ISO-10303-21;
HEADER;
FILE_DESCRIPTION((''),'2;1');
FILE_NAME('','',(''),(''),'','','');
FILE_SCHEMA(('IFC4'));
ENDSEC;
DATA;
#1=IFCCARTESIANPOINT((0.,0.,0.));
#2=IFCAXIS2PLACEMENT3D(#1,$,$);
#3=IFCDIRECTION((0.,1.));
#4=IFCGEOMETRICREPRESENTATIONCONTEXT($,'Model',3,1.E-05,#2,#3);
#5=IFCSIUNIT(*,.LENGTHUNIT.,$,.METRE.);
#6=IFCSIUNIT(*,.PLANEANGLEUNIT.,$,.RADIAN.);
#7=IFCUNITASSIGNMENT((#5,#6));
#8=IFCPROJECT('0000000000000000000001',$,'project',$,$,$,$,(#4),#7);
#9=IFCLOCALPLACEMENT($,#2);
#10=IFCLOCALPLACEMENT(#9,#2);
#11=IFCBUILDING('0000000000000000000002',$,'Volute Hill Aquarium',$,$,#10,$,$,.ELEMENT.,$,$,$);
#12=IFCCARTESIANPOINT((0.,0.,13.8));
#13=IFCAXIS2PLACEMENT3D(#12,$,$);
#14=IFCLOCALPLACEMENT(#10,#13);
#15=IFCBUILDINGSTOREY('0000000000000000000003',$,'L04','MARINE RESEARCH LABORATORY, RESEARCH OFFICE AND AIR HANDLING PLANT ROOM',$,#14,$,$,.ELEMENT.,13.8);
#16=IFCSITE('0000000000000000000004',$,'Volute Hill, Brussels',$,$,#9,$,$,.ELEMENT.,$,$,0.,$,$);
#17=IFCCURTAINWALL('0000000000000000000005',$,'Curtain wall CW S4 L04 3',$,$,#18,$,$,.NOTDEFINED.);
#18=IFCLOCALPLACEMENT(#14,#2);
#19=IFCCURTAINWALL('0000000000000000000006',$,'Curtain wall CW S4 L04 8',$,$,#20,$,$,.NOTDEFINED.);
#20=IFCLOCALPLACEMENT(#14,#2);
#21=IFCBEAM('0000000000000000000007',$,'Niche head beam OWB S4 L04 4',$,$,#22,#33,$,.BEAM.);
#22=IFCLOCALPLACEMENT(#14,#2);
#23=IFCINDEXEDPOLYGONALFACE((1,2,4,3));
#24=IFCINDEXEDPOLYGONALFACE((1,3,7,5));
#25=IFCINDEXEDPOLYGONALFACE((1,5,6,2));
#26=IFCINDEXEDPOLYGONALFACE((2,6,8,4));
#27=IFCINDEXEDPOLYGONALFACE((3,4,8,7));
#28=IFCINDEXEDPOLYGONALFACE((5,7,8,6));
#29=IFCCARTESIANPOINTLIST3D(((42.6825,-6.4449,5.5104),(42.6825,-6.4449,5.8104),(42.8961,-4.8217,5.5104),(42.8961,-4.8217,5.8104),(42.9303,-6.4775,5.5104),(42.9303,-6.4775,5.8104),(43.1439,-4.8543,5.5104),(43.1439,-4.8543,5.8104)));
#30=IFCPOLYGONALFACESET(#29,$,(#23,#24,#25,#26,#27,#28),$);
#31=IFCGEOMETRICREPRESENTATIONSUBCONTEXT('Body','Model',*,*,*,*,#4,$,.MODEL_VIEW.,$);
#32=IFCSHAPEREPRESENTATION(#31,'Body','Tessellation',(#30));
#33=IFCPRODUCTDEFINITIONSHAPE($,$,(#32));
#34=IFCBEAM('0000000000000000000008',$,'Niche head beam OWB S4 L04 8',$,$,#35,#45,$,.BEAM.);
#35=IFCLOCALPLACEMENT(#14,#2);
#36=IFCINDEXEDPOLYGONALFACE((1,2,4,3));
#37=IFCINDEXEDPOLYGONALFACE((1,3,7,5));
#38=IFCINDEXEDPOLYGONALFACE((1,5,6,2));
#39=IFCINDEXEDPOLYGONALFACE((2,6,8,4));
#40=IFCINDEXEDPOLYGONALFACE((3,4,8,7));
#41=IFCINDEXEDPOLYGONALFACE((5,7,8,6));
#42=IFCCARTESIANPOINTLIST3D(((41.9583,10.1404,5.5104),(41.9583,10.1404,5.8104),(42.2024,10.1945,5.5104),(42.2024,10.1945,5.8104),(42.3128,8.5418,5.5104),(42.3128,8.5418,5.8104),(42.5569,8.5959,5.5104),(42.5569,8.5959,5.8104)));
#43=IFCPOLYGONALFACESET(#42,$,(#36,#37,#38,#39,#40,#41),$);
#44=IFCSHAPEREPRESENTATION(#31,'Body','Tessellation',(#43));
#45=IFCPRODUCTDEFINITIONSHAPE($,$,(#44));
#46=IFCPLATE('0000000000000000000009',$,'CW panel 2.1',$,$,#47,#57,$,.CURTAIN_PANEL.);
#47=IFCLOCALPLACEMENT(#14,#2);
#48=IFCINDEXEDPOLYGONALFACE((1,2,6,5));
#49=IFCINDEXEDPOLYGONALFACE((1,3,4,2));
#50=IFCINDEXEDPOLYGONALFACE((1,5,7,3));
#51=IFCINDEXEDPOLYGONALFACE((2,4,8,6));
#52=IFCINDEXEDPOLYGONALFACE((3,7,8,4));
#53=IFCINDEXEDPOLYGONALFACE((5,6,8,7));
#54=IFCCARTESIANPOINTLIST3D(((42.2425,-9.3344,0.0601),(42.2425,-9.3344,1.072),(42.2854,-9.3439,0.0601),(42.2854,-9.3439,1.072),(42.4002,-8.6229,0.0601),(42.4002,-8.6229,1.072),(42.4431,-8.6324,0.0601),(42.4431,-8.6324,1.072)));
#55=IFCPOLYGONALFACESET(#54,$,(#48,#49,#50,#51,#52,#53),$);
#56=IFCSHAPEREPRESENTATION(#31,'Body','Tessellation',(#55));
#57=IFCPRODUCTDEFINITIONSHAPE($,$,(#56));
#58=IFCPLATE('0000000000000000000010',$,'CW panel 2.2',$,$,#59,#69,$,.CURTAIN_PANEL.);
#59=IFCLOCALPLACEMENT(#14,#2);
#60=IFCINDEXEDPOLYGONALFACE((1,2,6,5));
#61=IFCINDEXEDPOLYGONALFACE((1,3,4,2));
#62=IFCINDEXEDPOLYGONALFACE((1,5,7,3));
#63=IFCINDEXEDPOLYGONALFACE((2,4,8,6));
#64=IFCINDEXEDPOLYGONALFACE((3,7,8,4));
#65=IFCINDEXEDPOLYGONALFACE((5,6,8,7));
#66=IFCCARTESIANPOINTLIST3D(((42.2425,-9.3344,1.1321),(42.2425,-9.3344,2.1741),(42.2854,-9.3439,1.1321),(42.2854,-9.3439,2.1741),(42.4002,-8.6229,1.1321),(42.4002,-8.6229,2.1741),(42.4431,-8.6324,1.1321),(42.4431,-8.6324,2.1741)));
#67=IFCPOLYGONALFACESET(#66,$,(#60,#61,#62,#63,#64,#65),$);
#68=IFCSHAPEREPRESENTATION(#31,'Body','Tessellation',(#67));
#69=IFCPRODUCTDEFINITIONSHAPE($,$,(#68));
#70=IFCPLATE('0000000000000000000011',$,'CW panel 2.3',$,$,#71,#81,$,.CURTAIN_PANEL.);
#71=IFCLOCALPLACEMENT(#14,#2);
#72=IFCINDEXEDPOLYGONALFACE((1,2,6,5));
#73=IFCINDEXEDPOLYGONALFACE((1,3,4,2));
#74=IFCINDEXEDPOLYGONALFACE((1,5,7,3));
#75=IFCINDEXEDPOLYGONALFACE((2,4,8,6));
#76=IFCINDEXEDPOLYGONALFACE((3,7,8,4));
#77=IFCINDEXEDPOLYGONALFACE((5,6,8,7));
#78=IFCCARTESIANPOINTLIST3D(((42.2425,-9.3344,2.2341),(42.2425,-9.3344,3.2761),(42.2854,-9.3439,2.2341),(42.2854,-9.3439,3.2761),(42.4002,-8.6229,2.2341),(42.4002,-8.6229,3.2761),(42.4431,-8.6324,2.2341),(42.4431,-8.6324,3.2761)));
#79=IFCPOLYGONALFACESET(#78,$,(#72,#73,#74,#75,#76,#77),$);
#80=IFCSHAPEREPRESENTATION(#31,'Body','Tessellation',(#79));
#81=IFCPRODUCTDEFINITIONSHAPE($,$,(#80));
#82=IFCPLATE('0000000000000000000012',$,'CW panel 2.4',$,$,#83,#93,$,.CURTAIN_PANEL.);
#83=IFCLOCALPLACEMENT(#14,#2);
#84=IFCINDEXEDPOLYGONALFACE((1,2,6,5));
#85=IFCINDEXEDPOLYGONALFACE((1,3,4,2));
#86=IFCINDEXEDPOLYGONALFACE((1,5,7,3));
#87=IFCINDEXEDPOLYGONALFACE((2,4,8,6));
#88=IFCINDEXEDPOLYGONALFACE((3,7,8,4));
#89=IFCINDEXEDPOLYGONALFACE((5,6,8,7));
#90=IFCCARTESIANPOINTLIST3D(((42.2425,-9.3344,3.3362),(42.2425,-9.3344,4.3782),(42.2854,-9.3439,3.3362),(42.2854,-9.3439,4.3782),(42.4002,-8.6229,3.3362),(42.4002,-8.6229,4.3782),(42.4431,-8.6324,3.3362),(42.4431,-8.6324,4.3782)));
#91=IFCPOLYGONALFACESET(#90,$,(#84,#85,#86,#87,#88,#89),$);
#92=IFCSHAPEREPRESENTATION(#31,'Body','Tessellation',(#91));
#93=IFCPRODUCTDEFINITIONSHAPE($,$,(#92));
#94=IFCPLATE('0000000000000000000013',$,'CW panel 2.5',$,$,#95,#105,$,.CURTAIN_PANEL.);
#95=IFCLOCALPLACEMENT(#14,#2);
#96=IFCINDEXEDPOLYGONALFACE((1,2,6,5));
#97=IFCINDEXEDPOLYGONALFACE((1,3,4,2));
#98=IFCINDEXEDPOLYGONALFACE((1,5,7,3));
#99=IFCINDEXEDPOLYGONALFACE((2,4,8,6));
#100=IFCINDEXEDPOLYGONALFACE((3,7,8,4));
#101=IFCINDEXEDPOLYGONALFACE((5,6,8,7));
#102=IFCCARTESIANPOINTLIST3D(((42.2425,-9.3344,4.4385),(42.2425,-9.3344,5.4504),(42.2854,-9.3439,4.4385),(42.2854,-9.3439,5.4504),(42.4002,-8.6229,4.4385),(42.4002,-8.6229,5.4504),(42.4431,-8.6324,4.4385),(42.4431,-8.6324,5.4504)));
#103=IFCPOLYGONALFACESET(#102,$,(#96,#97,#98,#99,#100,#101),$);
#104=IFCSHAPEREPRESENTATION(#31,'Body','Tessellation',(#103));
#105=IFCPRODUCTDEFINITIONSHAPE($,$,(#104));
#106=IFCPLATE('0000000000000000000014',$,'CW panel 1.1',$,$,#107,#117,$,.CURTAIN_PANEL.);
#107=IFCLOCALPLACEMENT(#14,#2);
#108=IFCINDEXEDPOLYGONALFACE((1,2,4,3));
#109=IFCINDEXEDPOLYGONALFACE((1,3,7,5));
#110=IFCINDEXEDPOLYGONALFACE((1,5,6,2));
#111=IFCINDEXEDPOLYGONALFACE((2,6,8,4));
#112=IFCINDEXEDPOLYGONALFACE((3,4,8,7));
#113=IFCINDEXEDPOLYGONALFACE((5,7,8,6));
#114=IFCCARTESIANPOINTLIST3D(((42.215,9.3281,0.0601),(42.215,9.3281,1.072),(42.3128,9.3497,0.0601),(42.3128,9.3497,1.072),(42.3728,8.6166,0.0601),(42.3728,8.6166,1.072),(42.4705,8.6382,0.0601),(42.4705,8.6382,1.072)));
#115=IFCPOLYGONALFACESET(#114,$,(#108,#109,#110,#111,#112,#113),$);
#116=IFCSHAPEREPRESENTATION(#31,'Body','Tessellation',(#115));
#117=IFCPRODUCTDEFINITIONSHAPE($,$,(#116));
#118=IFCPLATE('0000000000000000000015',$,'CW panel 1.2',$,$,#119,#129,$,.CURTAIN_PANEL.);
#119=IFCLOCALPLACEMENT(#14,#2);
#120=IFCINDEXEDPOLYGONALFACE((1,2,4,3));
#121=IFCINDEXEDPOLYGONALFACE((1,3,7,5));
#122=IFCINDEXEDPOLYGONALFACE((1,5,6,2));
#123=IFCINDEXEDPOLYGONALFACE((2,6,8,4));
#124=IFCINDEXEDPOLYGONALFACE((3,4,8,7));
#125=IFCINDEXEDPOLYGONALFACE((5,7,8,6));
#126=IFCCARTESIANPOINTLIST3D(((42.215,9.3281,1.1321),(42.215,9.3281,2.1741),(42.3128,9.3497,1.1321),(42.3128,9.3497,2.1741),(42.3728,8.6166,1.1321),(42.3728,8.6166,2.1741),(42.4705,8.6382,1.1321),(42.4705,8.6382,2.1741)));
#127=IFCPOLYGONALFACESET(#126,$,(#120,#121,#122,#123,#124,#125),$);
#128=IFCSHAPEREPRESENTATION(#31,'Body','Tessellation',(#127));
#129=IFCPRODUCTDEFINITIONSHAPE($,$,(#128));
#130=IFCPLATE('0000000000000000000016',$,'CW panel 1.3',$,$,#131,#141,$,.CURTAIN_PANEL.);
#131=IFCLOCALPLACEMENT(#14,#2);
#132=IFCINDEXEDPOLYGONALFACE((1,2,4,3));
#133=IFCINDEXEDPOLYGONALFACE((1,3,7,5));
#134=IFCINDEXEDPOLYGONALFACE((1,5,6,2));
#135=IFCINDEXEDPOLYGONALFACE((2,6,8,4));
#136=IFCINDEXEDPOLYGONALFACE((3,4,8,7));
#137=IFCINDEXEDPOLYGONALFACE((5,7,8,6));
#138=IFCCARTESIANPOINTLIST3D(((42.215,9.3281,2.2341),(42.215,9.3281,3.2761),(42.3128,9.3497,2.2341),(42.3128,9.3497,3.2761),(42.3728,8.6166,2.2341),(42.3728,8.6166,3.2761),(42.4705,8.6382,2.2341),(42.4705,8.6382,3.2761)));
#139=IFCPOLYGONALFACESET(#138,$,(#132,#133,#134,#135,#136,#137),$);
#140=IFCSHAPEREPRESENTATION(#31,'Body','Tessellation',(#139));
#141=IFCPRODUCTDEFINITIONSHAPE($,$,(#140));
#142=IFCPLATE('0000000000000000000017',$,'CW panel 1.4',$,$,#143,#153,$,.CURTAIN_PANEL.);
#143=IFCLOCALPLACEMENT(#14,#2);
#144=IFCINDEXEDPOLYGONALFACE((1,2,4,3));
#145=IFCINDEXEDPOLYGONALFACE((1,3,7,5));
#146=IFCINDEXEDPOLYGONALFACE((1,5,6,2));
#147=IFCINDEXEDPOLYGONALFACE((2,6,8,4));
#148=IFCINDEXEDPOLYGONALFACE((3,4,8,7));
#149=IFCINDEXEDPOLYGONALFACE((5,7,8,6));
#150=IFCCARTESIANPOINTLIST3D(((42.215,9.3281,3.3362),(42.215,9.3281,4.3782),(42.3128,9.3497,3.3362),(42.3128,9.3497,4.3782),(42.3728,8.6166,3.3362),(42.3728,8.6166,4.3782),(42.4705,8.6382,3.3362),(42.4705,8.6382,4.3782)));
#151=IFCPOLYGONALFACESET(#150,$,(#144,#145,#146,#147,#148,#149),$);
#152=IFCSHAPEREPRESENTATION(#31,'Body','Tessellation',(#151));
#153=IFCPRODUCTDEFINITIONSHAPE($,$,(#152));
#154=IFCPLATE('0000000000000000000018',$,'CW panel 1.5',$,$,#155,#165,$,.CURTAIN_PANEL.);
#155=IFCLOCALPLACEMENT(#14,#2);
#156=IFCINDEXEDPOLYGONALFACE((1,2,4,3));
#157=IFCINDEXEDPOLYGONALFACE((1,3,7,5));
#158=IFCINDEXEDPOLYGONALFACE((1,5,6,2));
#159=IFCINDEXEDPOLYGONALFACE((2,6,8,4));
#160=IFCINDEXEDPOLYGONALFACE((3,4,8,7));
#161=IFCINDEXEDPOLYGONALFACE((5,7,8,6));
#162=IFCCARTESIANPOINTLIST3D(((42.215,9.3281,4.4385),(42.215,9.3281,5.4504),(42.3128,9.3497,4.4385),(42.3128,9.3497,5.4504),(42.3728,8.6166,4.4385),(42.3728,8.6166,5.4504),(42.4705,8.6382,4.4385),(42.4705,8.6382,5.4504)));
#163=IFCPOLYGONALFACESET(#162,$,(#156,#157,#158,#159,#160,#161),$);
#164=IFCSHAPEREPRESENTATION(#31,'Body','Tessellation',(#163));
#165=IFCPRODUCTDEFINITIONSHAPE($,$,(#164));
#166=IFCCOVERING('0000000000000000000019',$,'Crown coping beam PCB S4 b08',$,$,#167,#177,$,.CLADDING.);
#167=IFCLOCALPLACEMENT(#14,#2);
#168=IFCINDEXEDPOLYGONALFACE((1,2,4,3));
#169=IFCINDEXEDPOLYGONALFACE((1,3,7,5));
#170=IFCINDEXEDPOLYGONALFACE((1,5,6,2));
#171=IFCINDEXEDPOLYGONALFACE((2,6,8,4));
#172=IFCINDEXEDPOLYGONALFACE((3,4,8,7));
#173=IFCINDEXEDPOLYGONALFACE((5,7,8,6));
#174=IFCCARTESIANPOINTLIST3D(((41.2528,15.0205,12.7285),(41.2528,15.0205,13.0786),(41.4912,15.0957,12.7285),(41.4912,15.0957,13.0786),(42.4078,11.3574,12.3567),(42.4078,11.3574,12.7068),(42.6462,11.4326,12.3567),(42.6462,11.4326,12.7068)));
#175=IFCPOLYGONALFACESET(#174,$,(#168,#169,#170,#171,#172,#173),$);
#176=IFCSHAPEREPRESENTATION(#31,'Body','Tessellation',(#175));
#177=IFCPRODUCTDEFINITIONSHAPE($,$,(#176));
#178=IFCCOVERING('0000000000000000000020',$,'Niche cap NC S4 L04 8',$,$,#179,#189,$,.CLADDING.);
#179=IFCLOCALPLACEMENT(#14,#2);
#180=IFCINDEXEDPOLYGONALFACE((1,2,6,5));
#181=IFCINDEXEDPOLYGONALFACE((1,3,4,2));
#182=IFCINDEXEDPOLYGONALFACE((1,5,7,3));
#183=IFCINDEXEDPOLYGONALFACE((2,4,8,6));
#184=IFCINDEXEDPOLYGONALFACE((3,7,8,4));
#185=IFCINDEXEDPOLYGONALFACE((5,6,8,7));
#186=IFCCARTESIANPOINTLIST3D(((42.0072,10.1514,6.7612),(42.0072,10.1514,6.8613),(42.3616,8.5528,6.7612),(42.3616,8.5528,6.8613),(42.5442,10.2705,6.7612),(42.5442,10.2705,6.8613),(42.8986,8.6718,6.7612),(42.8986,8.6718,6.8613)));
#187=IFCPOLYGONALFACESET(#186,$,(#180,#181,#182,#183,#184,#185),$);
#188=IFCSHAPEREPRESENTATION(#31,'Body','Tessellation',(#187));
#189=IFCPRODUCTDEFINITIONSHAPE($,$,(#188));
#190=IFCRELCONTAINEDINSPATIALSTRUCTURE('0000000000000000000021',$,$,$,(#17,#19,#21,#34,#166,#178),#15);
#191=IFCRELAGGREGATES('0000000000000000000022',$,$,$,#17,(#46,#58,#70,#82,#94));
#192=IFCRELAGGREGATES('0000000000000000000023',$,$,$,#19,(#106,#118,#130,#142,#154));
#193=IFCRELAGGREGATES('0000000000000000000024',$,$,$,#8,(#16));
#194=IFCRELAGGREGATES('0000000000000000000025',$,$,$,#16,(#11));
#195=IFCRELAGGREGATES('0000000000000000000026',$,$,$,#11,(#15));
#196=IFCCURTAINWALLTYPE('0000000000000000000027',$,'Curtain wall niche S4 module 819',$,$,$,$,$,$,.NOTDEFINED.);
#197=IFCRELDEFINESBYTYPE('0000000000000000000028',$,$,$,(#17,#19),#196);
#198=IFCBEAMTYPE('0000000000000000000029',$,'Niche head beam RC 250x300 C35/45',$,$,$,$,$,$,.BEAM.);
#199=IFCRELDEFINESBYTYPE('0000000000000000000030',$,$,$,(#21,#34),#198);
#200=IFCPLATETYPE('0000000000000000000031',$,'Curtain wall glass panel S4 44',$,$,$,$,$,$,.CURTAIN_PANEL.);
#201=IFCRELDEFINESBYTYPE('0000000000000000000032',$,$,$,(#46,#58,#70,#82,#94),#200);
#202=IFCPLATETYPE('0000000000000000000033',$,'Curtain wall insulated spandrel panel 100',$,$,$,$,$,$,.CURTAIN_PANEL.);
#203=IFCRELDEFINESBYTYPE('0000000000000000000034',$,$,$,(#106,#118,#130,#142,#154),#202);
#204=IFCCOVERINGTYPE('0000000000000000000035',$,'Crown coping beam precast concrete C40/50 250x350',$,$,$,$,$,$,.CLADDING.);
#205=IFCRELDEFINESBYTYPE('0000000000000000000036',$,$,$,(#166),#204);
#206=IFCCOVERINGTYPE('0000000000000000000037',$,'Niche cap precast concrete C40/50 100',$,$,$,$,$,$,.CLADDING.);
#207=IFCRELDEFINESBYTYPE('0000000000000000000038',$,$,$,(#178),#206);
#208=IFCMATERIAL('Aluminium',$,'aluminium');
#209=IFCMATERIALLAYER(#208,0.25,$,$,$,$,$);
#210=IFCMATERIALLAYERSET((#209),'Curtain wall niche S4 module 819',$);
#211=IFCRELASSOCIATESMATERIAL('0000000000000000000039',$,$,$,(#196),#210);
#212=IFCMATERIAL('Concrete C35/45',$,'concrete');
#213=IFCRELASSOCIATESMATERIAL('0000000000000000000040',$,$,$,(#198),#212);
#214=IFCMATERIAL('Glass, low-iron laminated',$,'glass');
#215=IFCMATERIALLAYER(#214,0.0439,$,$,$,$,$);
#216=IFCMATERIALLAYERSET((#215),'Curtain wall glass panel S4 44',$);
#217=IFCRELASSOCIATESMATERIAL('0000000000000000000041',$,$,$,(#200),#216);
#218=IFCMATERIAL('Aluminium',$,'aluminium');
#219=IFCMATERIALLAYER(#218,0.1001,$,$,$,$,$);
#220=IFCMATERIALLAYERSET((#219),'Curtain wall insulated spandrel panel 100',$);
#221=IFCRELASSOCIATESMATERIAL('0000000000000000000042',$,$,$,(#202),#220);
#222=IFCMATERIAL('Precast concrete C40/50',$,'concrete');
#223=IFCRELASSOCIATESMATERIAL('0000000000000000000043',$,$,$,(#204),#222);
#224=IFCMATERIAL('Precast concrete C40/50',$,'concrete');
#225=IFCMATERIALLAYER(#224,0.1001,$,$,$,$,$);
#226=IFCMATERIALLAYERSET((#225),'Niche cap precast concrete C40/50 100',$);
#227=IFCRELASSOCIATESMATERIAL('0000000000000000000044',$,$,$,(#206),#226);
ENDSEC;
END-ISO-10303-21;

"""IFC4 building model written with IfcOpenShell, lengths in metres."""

from ifc_helpers import new_model, si_unit, direction, frame, origin, origin_2d, place, context, subcontext, project, spatial, polyline, rectangle, outline, extrude, material, layer, layer_set, material_profile, profile_set, type_object, element, aggregate, save


model = new_model("IFC4")

# Units and contexts
model_context = context("Model", 3, precision=1e-05, world=origin(), true_north=direction((0.0, 1.0)))
body_context = subcontext(model_context, "Body", "Model", "MODEL_VIEW")
ifc_project = project(units=[si_unit("LENGTHUNIT", "METRE"), si_unit("PLANEANGLEUNIT", "RADIAN")], contexts=[model_context])

# Site, building, storey
site_placement = place(None, origin())
site = spatial("IfcSite", under=ifc_project, at=site_placement, Name="Volute Hill, Brussels", CompositionType="ELEMENT", RefElevation=0.0)
building_placement = place(site_placement, origin())
building = spatial("IfcBuilding", under=site, at=building_placement, Name="Volute Hill Aquarium", CompositionType="ELEMENT")
storey_placement = place(building_placement, frame((0.0, 0.0, 13.8)))
storey = spatial("IfcBuildingStorey", under=building, at=storey_placement, Name="L04", Description="MARINE RESEARCH LABORATORY, RESEARCH OFFICE AND AIR HANDLING PLANT ROOM", CompositionType="ELEMENT", Elevation=13.8)

# Curtain wall
ifc_material_1 = material(Name="Aluminium", Category="aluminium")
ifc_layer_1 = layer(ifc_material_1, 0.25)
ifc_layer_set_1 = layer_set([ifc_layer_1], Name="Curtain wall niche S4 module 819")
curtain_wall_type = type_object("IfcCurtainWallType", Name="Curtain wall niche S4 module 819", PredefinedType="NOTDEFINED", material=ifc_layer_set_1)
curtain_wall_1_placement = place(storey_placement, origin())
curtain_wall_1 = element("IfcCurtainWall", 1, at=curtain_wall_1_placement, inside=storey, type_object=curtain_wall_type, Name="Curtain wall CW S4 L04 3", PredefinedType="NOTDEFINED")

# Curtain wall
curtain_wall_2_placement = place(storey_placement, origin())
curtain_wall_2 = element("IfcCurtainWall", 2, at=curtain_wall_2_placement, inside=storey, type_object=curtain_wall_type, Name="Curtain wall CW S4 L04 8", PredefinedType="NOTDEFINED")

# Beams
ifc_material_2 = material(Name="Concrete C35/45", Category="concrete")
ifc_material_profile_1 = material_profile(ifc_material_2, rectangle(XDim=0.25, YDim=0.3, at=origin_2d()), Name="RC beam 250x300")
ifc_profile_set_1 = profile_set([ifc_material_profile_1], Name="Concrete C35/45")
beam_type = type_object("IfcBeamType", Name="Niche head beam RC 250x300 C35/45", PredefinedType="BEAM", material=ifc_profile_set_1)
beam_1_placement = place(storey_placement, frame((42.8064, -6.4612, 5.6604), z_axis=(0.130474, 0.991452, 0.0), x_axis=(-0.991452, 0.130474, 0.0)))
element("IfcBeam", 3, at=beam_1_placement, inside=storey, type_object=beam_type, Name="Niche head beam OWB S4 L04 4", PredefinedType="BEAM", context=body_context, shape_type="SweptSolid", body=[
    extrude(rectangle(XDim=0.25, YDim=0.3, at=origin_2d()), origin(), (0.0, 0.0, 1.0), 1.6372),
])
beam_2_placement = place(storey_placement, frame((42.4348, 8.5688, 5.6604), z_axis=(-0.216488, 0.976285, 0.0), x_axis=(-0.976285, -0.216488, 0.0)))
element("IfcBeam", 4, at=beam_2_placement, inside=storey, type_object=beam_type, Name="Niche head beam OWB S4 L04 8", PredefinedType="BEAM", context=body_context, shape_type="SweptSolid", body=[
    extrude(rectangle(XDim=0.25, YDim=0.3, at=origin_2d()), origin(), (0.0, 0.0, 1.0), 1.6375),
])

# Plates
ifc_material_3 = material(Name="Glass, low-iron laminated", Category="glass")
ifc_layer_2 = layer(ifc_material_3, 0.0439)
ifc_layer_set_2 = layer_set([ifc_layer_2], Name="Curtain wall glass panel S4 44")
plate_type_1 = type_object("IfcPlateType", Name="Curtain wall glass panel S4 44", PredefinedType="CURTAIN_PANEL", material=ifc_layer_set_2)
plate_1_placement = place(storey_placement, frame((42.3428, -8.9834, 0.0601), z_axis=(0.0, 0.0, 1.0), x_axis=(0.216432, 0.976298, 0.0)))
plate_1 = element("IfcPlate", 5, at=plate_1_placement, type_object=plate_type_1, Name="CW panel 2.1", PredefinedType="CURTAIN_PANEL", context=body_context, shape_type="SweptSolid", body=[
    extrude(rectangle(XDim=0.7288, YDim=0.0439, at=origin_2d()), origin(), (0.0, 0.0, 1.0), 1.012),
])
plate_2_placement = place(storey_placement, frame((42.3428, -8.9834, 1.1321), z_axis=(0.0, 0.0, 1.0), x_axis=(0.216432, 0.976298, 0.0)))
plate_2 = element("IfcPlate", 6, at=plate_2_placement, type_object=plate_type_1, Name="CW panel 2.2", PredefinedType="CURTAIN_PANEL", context=body_context, shape_type="SweptSolid", body=[
    extrude(rectangle(XDim=0.7288, YDim=0.0439, at=origin_2d()), origin(), (0.0, 0.0, 1.0), 1.042),
])
plate_3_placement = place(storey_placement, frame((42.3428, -8.9834, 2.2341), z_axis=(0.0, 0.0, 1.0), x_axis=(0.216432, 0.976298, 0.0)))
plate_3 = element("IfcPlate", 7, at=plate_3_placement, type_object=plate_type_1, Name="CW panel 2.3", PredefinedType="CURTAIN_PANEL", context=body_context, shape_type="SweptSolid", body=[
    extrude(rectangle(XDim=0.7288, YDim=0.0439, at=origin_2d()), origin(), (0.0, 0.0, 1.0), 1.042),
])
plate_4_placement = place(storey_placement, frame((42.3428, -8.9834, 3.3362), z_axis=(0.0, 0.0, 1.0), x_axis=(0.216432, 0.976298, 0.0)))
plate_4 = element("IfcPlate", 8, at=plate_4_placement, type_object=plate_type_1, Name="CW panel 2.4", PredefinedType="CURTAIN_PANEL", context=body_context, shape_type="SweptSolid", body=[
    extrude(rectangle(XDim=0.7288, YDim=0.0439, at=origin_2d()), origin(), (0.0, 0.0, 1.0), 1.042),
])
plate_5_placement = place(storey_placement, frame((42.3428, -8.9834, 4.4385), z_axis=(0.0, 0.0, 1.0), x_axis=(0.216432, 0.976298, 0.0)))
plate_5 = element("IfcPlate", 9, at=plate_5_placement, type_object=plate_type_1, Name="CW panel 2.5", PredefinedType="CURTAIN_PANEL", context=body_context, shape_type="SweptSolid", body=[
    extrude(rectangle(XDim=0.7288, YDim=0.0439, at=origin_2d()), origin(), (0.0, 0.0, 1.0), 1.012),
])
aggregate(curtain_wall_1, [plate_1, plate_2, plate_3, plate_4, plate_5])
ifc_material_4 = material(Name="Aluminium", Category="aluminium")
ifc_layer_3 = layer(ifc_material_4, 0.1001)
ifc_layer_set_3 = layer_set([ifc_layer_3], Name="Curtain wall insulated spandrel panel 100")
plate_type_2 = type_object("IfcPlateType", Name="Curtain wall insulated spandrel panel 100", PredefinedType="CURTAIN_PANEL", material=ifc_layer_set_3)
plate_6_placement = place(storey_placement, frame((42.3428, 8.9832, 0.0601), z_axis=(0.0, 0.0, 1.0), x_axis=(-0.216436, 0.976297, 0.0)))
plate_6 = element("IfcPlate", 10, at=plate_6_placement, type_object=plate_type_2, Name="CW panel 1.1", PredefinedType="CURTAIN_PANEL", context=body_context, shape_type="SweptSolid", body=[
    extrude(rectangle(XDim=0.7288, YDim=0.1001, at=origin_2d()), origin(), (0.0, 0.0, 1.0), 1.012),
])
plate_7_placement = place(storey_placement, frame((42.3428, 8.9832, 1.1321), z_axis=(0.0, 0.0, 1.0), x_axis=(-0.216436, 0.976297, 0.0)))
plate_7 = element("IfcPlate", 11, at=plate_7_placement, type_object=plate_type_2, Name="CW panel 1.2", PredefinedType="CURTAIN_PANEL", context=body_context, shape_type="SweptSolid", body=[
    extrude(rectangle(XDim=0.7288, YDim=0.1001, at=origin_2d()), origin(), (0.0, 0.0, 1.0), 1.042),
])
plate_8_placement = place(storey_placement, frame((42.3428, 8.9832, 2.2341), z_axis=(0.0, 0.0, 1.0), x_axis=(-0.216436, 0.976297, 0.0)))
plate_8 = element("IfcPlate", 12, at=plate_8_placement, type_object=plate_type_2, Name="CW panel 1.3", PredefinedType="CURTAIN_PANEL", context=body_context, shape_type="SweptSolid", body=[
    extrude(rectangle(XDim=0.7288, YDim=0.1001, at=origin_2d()), origin(), (0.0, 0.0, 1.0), 1.042),
])
plate_9_placement = place(storey_placement, frame((42.3428, 8.9832, 3.3362), z_axis=(0.0, 0.0, 1.0), x_axis=(-0.216436, 0.976297, 0.0)))
plate_9 = element("IfcPlate", 13, at=plate_9_placement, type_object=plate_type_2, Name="CW panel 1.4", PredefinedType="CURTAIN_PANEL", context=body_context, shape_type="SweptSolid", body=[
    extrude(rectangle(XDim=0.7288, YDim=0.1001, at=origin_2d()), origin(), (0.0, 0.0, 1.0), 1.042),
])
plate_10_placement = place(storey_placement, frame((42.3428, 8.9832, 4.4385), z_axis=(0.0, 0.0, 1.0), x_axis=(-0.216436, 0.976297, 0.0)))
plate_10 = element("IfcPlate", 14, at=plate_10_placement, type_object=plate_type_2, Name="CW panel 1.5", PredefinedType="CURTAIN_PANEL", context=body_context, shape_type="SweptSolid", body=[
    extrude(rectangle(XDim=0.7288, YDim=0.1001, at=origin_2d()), origin(), (0.0, 0.0, 1.0), 1.012),
])
aggregate(curtain_wall_2, [plate_6, plate_7, plate_8, plate_9, plate_10])

# Coverings
ifc_material_5 = material(Name="Precast concrete C40/50", Category="concrete")
covering_type_1 = type_object("IfcCoveringType", Name="Crown coping beam precast concrete C40/50 250x350", PredefinedType="CLADDING", material=ifc_material_5)
covering_1_placement = place(storey_placement, frame((42.6462, 11.4326, 12.3567), z_axis=(0.953712, 0.300721, 0.0), x_axis=(-0.299321, 0.949274, 0.096357)))
element("IfcCovering", 15, at=covering_1_placement, inside=storey, type_object=covering_type_1, Name="Crown coping beam PCB S4 b08", PredefinedType="CLADDING", context=body_context, shape_type="SweptSolid", body=[
    extrude(outline(polyline([(0.0, 0.0), (3.8588, 0.0), (3.8926, 0.3485), (0.0337, 0.3485), (0.0, 0.0)])), origin(), (0.0, 0.0, -1.0), 0.25),
])
ifc_material_6 = material(Name="Precast concrete C40/50", Category="concrete")
ifc_layer_4 = layer(ifc_material_6, 0.1001)
ifc_layer_set_4 = layer_set([ifc_layer_4], Name="Niche cap precast concrete C40/50 100")
covering_type_2 = type_object("IfcCoveringType", Name="Niche cap precast concrete C40/50 100", PredefinedType="CLADDING", material=ifc_layer_set_4)
covering_2_placement = place(storey_placement, frame((42.4529, 9.4116, 6.7612), z_axis=(0.0, 0.0, 1.0), x_axis=(-0.216436, 0.976297, 0.0)))
element("IfcCovering", 16, at=covering_2_placement, inside=storey, type_object=covering_type_2, Name="Niche cap NC S4 L04 8", PredefinedType="CLADDING", context=body_context, shape_type="SweptSolid", body=[
    extrude(rectangle(XDim=1.6375, YDim=0.55, at=origin_2d()), origin(), (0.0, 0.0, 1.0), 0.1001),
])

save(model, "model.ifc")
